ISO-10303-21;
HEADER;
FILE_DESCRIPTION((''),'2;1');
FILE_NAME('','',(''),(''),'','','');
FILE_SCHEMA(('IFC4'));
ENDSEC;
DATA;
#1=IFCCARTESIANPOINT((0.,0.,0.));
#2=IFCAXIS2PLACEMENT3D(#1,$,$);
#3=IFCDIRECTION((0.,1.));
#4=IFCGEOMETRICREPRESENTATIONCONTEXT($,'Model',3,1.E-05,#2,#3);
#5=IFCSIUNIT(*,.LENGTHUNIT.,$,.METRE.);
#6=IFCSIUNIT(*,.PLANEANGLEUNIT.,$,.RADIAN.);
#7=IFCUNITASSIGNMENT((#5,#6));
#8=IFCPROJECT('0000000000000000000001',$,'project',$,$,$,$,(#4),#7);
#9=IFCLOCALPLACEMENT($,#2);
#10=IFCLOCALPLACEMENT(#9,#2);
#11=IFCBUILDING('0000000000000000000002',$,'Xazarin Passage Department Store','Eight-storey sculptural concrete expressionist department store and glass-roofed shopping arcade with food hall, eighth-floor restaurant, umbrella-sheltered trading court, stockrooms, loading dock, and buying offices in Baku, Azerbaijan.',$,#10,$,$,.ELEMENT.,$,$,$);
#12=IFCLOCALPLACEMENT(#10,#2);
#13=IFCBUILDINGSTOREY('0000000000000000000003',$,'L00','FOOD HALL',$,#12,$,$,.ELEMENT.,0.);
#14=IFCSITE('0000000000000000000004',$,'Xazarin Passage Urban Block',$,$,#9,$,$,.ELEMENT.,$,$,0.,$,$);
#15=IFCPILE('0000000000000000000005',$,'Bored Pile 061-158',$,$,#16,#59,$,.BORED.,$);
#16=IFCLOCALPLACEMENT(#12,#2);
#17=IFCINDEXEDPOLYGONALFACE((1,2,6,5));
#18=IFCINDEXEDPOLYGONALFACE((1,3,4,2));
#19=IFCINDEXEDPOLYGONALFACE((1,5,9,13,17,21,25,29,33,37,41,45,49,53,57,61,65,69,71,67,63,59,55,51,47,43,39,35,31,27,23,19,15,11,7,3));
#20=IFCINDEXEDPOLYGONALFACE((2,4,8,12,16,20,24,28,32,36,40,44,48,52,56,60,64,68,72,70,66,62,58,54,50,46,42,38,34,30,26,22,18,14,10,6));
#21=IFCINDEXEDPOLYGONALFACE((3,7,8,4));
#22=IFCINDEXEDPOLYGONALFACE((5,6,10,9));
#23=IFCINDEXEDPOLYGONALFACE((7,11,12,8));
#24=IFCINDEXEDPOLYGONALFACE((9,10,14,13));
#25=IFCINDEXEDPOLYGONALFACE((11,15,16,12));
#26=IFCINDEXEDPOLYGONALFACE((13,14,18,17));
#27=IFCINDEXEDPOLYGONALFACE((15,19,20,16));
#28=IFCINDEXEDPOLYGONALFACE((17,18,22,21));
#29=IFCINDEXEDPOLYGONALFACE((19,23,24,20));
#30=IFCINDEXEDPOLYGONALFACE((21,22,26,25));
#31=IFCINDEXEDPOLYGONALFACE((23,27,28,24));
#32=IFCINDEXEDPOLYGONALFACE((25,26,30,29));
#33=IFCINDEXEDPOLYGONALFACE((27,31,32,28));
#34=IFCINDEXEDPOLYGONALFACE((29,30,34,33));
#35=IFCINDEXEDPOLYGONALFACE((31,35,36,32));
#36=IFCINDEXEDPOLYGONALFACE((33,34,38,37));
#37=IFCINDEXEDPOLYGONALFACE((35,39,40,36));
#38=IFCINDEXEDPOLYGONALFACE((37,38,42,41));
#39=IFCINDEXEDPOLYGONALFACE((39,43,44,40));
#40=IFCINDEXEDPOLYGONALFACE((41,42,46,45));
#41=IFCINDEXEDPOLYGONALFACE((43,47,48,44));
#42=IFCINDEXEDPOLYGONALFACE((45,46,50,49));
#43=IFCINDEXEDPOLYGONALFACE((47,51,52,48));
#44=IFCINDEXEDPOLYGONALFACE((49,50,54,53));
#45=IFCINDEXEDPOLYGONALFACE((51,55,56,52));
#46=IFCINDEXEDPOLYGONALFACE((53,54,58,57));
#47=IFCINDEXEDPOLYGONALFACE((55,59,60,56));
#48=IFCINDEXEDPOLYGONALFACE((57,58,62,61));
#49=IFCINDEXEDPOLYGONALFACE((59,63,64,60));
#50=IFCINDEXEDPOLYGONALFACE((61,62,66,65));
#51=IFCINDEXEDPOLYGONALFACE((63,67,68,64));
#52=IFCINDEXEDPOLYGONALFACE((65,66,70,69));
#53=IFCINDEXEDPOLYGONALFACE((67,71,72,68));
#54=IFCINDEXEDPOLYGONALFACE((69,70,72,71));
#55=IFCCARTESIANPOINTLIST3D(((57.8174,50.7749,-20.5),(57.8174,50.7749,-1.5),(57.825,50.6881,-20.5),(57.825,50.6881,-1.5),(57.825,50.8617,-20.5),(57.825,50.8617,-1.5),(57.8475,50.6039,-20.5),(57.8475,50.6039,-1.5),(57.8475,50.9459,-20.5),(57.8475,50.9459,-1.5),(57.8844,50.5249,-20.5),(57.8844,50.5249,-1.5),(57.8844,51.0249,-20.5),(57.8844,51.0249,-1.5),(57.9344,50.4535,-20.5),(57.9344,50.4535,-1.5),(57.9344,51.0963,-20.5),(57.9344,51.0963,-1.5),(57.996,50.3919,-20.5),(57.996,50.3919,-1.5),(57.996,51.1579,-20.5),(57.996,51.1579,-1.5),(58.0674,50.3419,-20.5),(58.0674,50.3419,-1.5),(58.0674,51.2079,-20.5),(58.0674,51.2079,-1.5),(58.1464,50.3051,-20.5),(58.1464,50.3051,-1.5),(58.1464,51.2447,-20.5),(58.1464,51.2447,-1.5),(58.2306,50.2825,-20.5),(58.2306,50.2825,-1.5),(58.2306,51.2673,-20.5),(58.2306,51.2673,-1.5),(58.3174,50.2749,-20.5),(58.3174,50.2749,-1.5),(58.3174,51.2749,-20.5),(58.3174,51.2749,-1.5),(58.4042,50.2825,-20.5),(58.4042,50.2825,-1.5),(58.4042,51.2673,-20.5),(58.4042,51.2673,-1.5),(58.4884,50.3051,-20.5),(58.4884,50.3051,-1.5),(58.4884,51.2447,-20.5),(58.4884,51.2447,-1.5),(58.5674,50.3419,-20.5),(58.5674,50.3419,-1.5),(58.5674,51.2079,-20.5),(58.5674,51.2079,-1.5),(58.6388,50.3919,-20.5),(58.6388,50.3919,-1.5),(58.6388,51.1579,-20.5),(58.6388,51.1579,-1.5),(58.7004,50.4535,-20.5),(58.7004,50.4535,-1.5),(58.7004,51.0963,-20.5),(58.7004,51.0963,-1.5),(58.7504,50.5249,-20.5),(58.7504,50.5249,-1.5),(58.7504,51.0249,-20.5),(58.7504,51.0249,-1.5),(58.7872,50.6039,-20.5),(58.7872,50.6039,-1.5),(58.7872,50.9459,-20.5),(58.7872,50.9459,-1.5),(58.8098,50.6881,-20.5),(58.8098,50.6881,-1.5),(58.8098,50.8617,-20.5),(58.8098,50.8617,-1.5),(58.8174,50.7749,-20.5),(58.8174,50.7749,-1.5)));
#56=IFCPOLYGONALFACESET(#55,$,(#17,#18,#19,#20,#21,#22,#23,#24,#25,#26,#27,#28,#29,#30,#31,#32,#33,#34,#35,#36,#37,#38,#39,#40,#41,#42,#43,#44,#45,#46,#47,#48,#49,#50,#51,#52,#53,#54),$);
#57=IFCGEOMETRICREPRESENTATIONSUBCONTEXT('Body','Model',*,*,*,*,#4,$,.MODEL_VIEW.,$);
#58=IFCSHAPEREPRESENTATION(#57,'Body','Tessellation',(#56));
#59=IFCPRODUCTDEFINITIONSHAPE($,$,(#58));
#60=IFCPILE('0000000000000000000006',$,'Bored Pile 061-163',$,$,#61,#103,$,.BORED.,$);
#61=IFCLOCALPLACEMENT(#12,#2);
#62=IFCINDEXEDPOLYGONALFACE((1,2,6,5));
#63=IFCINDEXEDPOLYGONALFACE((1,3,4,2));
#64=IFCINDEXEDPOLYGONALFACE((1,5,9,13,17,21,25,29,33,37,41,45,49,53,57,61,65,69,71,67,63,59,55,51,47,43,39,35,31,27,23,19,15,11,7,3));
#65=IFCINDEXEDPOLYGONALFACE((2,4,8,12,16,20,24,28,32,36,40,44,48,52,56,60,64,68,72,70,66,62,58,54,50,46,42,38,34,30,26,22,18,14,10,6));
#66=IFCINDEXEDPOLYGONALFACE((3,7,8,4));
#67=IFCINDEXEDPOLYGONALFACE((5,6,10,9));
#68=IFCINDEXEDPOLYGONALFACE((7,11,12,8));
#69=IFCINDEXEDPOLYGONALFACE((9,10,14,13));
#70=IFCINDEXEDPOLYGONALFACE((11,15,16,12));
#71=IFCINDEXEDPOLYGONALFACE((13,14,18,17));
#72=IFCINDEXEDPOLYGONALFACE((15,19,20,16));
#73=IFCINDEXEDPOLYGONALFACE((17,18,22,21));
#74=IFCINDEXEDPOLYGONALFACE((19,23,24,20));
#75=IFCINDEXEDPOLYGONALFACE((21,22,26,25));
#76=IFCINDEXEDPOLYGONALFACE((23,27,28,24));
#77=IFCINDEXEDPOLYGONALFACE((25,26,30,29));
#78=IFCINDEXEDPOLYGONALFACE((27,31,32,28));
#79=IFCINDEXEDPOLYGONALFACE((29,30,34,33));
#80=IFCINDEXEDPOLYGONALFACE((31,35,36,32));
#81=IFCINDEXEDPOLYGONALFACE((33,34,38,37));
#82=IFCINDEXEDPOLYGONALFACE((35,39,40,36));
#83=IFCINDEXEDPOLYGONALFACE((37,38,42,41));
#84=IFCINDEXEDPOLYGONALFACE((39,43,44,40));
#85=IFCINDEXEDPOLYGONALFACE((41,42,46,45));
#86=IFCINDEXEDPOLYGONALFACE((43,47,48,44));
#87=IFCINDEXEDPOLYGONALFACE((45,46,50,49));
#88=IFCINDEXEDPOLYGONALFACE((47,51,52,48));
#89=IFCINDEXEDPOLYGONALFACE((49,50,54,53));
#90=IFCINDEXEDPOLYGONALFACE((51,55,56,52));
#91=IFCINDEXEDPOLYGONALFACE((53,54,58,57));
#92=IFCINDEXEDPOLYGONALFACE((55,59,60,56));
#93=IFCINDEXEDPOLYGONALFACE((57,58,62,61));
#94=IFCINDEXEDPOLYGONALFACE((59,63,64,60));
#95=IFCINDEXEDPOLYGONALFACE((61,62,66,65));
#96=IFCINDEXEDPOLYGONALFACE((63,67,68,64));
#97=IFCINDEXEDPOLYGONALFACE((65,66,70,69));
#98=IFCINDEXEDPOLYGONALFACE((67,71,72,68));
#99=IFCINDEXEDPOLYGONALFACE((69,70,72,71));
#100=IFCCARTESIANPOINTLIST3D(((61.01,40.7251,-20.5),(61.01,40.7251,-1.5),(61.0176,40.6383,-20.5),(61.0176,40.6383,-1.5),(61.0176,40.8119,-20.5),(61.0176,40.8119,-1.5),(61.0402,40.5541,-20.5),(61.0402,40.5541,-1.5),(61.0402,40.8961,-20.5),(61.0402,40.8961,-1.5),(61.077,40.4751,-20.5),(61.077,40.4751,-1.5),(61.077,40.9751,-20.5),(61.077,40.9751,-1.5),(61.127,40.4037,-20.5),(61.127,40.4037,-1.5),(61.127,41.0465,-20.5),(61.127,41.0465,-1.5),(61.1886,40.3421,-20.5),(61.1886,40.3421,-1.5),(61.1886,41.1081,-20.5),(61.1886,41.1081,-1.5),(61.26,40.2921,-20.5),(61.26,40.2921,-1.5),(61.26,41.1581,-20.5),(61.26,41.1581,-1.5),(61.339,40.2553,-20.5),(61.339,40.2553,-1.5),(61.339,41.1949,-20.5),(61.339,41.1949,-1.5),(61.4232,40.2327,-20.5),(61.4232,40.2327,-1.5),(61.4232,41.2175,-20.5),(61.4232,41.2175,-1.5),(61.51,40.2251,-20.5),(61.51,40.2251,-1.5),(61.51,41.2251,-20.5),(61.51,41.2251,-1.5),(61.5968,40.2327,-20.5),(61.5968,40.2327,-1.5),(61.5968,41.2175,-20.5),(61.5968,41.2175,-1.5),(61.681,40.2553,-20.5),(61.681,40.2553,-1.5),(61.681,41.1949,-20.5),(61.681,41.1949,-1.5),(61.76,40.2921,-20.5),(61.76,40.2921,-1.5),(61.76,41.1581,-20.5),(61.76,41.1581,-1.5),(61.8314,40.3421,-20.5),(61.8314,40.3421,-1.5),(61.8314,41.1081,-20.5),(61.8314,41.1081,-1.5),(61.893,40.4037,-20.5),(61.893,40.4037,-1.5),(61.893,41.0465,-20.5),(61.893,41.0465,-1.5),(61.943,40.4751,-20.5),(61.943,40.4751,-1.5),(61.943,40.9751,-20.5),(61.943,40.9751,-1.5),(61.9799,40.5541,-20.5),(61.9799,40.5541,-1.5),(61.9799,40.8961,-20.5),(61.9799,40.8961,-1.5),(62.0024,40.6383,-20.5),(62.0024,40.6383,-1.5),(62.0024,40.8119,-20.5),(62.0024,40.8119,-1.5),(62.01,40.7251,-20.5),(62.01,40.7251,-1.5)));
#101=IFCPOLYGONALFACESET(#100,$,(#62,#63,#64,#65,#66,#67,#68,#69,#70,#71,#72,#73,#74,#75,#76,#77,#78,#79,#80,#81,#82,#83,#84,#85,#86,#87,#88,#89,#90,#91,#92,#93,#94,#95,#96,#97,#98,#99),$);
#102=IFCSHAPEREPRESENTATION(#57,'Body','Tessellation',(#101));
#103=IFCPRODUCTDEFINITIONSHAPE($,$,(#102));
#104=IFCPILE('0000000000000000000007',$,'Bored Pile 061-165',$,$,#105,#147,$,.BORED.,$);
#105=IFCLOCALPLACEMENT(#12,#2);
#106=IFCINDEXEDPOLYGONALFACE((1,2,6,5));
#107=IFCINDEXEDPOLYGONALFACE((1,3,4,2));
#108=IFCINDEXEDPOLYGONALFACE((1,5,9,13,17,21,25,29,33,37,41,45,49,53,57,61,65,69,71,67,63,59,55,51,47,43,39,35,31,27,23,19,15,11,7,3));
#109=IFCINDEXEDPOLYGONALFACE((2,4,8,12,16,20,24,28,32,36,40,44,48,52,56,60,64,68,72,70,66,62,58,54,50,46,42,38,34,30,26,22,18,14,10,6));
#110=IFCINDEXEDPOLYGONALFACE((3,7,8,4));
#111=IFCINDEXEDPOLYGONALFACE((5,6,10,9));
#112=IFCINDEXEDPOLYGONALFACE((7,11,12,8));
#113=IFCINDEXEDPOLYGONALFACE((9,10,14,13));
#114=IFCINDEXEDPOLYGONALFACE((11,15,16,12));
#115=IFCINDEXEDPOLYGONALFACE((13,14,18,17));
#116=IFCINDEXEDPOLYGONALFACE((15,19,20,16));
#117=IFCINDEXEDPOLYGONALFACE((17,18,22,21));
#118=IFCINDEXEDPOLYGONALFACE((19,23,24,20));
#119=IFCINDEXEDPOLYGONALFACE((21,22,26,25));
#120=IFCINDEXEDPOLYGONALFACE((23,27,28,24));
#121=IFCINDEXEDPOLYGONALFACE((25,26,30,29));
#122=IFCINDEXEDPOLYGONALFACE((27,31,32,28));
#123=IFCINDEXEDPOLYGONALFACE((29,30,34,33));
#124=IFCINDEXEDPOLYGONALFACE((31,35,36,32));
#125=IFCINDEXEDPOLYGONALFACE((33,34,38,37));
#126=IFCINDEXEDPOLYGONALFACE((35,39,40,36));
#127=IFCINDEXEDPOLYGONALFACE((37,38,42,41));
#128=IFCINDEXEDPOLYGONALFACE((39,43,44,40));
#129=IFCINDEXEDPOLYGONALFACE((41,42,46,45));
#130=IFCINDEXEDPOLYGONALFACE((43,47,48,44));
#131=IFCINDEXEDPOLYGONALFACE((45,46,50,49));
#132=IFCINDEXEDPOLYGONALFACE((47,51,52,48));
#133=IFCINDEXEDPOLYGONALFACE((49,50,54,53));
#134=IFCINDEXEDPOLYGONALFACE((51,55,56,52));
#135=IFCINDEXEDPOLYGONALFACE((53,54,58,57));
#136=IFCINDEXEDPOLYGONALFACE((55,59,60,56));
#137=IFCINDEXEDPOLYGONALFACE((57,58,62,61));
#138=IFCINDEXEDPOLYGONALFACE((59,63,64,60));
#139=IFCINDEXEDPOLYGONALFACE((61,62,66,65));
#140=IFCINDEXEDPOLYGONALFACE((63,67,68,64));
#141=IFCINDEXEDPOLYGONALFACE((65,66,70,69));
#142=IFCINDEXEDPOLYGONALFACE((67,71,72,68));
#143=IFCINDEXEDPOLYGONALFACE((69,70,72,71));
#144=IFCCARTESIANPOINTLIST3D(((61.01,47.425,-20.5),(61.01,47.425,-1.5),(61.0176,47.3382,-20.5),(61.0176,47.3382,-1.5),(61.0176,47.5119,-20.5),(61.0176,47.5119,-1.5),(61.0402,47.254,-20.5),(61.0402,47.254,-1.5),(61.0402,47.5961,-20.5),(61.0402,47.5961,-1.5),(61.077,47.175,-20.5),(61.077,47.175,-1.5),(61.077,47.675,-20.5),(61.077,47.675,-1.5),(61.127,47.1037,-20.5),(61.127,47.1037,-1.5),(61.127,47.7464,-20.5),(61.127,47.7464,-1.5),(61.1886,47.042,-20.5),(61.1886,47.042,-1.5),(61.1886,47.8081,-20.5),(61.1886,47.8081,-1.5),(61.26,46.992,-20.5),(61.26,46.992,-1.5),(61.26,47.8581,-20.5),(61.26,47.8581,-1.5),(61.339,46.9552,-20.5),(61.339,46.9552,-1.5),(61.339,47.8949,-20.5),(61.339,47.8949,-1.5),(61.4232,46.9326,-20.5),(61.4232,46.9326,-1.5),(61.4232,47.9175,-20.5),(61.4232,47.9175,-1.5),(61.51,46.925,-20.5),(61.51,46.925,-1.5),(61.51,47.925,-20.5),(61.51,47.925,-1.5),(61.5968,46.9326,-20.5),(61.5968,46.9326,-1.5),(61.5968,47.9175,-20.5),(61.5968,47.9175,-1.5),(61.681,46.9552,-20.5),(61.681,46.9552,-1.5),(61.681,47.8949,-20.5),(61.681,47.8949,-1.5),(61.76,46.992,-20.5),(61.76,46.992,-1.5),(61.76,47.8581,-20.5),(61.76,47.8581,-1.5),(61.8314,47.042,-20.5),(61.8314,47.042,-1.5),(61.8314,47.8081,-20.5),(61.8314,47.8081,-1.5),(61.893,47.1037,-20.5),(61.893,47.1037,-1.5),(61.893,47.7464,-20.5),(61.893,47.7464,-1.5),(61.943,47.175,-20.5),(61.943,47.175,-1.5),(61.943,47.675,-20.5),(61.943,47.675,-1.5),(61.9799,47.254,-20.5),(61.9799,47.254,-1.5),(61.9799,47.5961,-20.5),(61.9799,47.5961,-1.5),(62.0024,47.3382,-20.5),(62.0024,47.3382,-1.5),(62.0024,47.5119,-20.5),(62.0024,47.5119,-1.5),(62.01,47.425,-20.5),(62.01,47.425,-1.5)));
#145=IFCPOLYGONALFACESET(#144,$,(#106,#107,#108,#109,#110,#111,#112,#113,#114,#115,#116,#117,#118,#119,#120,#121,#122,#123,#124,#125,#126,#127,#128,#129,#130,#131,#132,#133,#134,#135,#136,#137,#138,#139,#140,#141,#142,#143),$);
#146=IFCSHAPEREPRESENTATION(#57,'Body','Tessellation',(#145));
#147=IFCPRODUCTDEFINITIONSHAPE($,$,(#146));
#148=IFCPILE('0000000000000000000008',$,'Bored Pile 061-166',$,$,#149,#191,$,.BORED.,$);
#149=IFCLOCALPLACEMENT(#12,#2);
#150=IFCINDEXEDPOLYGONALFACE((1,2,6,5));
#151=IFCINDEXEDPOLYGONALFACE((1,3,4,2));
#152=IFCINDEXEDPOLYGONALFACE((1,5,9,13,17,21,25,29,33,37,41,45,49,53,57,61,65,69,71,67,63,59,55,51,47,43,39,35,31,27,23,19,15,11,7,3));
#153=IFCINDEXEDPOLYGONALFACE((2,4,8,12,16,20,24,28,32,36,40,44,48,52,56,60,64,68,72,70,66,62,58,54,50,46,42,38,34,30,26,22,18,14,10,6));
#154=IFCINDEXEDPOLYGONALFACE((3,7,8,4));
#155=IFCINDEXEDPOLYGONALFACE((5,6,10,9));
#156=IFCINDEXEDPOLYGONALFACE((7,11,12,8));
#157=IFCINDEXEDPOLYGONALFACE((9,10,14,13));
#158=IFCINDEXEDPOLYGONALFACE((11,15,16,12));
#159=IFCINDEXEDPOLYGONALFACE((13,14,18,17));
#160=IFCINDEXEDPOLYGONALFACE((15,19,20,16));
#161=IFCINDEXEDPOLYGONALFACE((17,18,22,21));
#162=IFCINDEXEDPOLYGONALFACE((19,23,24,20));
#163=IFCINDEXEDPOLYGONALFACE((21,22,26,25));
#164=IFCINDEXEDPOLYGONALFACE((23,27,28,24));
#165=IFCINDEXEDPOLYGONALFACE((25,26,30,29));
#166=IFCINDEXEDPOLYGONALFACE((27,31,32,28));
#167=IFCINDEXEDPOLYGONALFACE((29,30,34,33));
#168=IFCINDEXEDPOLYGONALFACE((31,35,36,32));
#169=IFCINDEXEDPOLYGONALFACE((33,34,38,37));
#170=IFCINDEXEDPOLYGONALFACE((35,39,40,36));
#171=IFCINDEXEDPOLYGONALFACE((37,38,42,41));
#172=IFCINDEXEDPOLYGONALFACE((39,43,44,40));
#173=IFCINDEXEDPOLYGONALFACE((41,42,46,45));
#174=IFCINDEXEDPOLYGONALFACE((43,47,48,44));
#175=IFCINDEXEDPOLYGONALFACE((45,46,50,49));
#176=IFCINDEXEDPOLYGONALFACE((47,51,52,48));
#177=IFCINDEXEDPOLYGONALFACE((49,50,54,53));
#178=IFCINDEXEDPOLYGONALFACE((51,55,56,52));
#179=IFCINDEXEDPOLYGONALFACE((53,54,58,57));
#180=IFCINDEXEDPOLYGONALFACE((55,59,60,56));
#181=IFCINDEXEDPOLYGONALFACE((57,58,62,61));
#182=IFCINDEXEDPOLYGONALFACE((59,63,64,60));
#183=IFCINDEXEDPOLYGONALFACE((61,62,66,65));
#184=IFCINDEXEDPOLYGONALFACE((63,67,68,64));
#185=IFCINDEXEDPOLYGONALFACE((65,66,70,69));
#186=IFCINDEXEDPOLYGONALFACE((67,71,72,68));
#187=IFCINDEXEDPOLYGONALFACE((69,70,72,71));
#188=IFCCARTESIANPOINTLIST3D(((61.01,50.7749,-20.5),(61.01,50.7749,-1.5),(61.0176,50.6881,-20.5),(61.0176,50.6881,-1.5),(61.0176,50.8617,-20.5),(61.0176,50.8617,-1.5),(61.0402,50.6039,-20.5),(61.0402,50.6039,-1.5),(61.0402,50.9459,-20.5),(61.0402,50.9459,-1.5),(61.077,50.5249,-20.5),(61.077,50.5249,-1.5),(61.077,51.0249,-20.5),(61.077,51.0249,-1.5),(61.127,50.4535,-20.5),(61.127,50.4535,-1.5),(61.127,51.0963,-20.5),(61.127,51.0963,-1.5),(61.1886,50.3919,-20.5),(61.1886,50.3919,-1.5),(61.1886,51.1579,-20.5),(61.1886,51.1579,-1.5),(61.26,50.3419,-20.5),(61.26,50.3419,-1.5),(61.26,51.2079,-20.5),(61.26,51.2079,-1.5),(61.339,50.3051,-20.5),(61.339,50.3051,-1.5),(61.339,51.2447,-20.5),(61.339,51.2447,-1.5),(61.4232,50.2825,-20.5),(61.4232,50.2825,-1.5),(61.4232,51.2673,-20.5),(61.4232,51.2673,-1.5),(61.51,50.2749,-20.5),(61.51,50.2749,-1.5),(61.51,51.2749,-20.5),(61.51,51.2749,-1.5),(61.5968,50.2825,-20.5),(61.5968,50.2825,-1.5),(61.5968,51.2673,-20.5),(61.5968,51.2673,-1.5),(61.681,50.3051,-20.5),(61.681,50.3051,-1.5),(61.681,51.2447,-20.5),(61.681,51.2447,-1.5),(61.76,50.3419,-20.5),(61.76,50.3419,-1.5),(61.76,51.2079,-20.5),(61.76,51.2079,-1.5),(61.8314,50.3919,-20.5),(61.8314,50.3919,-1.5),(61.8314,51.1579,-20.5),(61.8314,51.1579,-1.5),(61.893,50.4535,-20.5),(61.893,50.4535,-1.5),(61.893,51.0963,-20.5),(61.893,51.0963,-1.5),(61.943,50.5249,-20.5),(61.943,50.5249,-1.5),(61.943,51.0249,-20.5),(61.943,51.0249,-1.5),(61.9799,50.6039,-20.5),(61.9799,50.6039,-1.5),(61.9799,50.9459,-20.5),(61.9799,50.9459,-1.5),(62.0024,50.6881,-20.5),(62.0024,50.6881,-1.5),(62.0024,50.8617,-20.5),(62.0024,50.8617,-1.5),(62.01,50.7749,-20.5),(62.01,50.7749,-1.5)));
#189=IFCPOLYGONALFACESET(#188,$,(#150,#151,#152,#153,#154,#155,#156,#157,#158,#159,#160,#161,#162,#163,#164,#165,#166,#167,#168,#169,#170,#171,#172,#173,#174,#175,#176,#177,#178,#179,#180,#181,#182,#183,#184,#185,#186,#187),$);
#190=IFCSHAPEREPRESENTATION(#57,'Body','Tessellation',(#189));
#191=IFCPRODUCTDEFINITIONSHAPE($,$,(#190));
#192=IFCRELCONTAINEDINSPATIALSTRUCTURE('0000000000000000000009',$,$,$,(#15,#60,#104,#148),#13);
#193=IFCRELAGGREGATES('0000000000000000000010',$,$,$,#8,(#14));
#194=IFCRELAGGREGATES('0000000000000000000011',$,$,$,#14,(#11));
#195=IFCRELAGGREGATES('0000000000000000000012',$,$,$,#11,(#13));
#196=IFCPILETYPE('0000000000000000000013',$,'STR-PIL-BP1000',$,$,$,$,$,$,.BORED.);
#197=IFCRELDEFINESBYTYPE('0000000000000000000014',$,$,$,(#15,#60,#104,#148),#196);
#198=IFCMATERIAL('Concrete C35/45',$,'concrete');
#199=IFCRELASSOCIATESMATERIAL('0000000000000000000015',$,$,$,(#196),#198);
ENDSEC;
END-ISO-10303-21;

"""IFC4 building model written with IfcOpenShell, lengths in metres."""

from ifc_helpers import new_model, si_unit, direction, frame, origin, origin_2d, place, context, subcontext, project, spatial, circle, extrude, material, material_profile, profile_set, type_object, element, save


model = new_model("IFC4")

# Units and contexts
model_context = context("Model", 3, precision=1e-05, world=origin(), true_north=direction((0.0, 1.0)))
body_context = subcontext(model_context, "Body", "Model", "MODEL_VIEW")
ifc_project = project(units=[si_unit("LENGTHUNIT", "METRE"), si_unit("PLANEANGLEUNIT", "RADIAN")], contexts=[model_context])

# Site, building, storey
site_placement = place(None, origin())
site = spatial("IfcSite", under=ifc_project, at=site_placement, Name="Xazarin Passage Urban Block", CompositionType="ELEMENT", RefElevation=0.0)
building_placement = place(site_placement, origin())
building = spatial("IfcBuilding", under=site, at=building_placement, Name="Xazarin Passage Department Store", Description="Eight-storey sculptural concrete expressionist department store and glass-roofed shopping arcade with food hall, eighth-floor restaurant, umbrella-sheltered trading court, stockrooms, loading dock, and buying offices in Baku, Azerbaijan.", CompositionType="ELEMENT")
storey_placement = place(building_placement, origin())
storey = spatial("IfcBuildingStorey", under=building, at=storey_placement, Name="L00", Description="FOOD HALL", CompositionType="ELEMENT", Elevation=0.0)

# Piles
ifc_material_1 = material(Name="Concrete C35/45", Category="concrete")
ifc_material_profile_1 = material_profile(ifc_material_1, circle(Radius=0.5, at=origin_2d()), Name="BP 1000")
ifc_profile_set_1 = profile_set([ifc_material_profile_1], Name="Concrete C35/45")
pile_type_1 = type_object("IfcPileType", Name="STR-PIL-BP1000", PredefinedType="BORED", material=ifc_profile_set_1)
for number, where, z_axis, x_axis, name in (
    (1, (58.3174, 50.7749, -1.5), (0.0, 0.0, -1.0), (1.0, 0.0, 0.0), "Bored Pile 061-158"),
    (2, (61.51, 40.7251, -1.5), (0.0, 0.0, -1.0), (1.0, 0.0, 0.0), "Bored Pile 061-163"),
    (3, (61.51, 47.425, -1.5), (0.0, 0.0, -1.0), (1.0, 0.0, 0.0), "Bored Pile 061-165"),
    (4, (61.51, 50.7749, -1.5), (0.0, 0.0, -1.0), (1.0, 0.0, 0.0), "Bored Pile 061-166"),
):
    element("IfcPile", number, at=place(storey_placement, frame(where, z_axis=z_axis, x_axis=x_axis)), inside=storey, type_object=pile_type_1, Name=name, PredefinedType="BORED", context=body_context, shape_type="SweptSolid", body=[
        extrude(circle(Radius=0.5, at=origin_2d()), origin(), (0.0, 0.0, 1.0), 19.0),
    ])

save(model, "model.ifc")
